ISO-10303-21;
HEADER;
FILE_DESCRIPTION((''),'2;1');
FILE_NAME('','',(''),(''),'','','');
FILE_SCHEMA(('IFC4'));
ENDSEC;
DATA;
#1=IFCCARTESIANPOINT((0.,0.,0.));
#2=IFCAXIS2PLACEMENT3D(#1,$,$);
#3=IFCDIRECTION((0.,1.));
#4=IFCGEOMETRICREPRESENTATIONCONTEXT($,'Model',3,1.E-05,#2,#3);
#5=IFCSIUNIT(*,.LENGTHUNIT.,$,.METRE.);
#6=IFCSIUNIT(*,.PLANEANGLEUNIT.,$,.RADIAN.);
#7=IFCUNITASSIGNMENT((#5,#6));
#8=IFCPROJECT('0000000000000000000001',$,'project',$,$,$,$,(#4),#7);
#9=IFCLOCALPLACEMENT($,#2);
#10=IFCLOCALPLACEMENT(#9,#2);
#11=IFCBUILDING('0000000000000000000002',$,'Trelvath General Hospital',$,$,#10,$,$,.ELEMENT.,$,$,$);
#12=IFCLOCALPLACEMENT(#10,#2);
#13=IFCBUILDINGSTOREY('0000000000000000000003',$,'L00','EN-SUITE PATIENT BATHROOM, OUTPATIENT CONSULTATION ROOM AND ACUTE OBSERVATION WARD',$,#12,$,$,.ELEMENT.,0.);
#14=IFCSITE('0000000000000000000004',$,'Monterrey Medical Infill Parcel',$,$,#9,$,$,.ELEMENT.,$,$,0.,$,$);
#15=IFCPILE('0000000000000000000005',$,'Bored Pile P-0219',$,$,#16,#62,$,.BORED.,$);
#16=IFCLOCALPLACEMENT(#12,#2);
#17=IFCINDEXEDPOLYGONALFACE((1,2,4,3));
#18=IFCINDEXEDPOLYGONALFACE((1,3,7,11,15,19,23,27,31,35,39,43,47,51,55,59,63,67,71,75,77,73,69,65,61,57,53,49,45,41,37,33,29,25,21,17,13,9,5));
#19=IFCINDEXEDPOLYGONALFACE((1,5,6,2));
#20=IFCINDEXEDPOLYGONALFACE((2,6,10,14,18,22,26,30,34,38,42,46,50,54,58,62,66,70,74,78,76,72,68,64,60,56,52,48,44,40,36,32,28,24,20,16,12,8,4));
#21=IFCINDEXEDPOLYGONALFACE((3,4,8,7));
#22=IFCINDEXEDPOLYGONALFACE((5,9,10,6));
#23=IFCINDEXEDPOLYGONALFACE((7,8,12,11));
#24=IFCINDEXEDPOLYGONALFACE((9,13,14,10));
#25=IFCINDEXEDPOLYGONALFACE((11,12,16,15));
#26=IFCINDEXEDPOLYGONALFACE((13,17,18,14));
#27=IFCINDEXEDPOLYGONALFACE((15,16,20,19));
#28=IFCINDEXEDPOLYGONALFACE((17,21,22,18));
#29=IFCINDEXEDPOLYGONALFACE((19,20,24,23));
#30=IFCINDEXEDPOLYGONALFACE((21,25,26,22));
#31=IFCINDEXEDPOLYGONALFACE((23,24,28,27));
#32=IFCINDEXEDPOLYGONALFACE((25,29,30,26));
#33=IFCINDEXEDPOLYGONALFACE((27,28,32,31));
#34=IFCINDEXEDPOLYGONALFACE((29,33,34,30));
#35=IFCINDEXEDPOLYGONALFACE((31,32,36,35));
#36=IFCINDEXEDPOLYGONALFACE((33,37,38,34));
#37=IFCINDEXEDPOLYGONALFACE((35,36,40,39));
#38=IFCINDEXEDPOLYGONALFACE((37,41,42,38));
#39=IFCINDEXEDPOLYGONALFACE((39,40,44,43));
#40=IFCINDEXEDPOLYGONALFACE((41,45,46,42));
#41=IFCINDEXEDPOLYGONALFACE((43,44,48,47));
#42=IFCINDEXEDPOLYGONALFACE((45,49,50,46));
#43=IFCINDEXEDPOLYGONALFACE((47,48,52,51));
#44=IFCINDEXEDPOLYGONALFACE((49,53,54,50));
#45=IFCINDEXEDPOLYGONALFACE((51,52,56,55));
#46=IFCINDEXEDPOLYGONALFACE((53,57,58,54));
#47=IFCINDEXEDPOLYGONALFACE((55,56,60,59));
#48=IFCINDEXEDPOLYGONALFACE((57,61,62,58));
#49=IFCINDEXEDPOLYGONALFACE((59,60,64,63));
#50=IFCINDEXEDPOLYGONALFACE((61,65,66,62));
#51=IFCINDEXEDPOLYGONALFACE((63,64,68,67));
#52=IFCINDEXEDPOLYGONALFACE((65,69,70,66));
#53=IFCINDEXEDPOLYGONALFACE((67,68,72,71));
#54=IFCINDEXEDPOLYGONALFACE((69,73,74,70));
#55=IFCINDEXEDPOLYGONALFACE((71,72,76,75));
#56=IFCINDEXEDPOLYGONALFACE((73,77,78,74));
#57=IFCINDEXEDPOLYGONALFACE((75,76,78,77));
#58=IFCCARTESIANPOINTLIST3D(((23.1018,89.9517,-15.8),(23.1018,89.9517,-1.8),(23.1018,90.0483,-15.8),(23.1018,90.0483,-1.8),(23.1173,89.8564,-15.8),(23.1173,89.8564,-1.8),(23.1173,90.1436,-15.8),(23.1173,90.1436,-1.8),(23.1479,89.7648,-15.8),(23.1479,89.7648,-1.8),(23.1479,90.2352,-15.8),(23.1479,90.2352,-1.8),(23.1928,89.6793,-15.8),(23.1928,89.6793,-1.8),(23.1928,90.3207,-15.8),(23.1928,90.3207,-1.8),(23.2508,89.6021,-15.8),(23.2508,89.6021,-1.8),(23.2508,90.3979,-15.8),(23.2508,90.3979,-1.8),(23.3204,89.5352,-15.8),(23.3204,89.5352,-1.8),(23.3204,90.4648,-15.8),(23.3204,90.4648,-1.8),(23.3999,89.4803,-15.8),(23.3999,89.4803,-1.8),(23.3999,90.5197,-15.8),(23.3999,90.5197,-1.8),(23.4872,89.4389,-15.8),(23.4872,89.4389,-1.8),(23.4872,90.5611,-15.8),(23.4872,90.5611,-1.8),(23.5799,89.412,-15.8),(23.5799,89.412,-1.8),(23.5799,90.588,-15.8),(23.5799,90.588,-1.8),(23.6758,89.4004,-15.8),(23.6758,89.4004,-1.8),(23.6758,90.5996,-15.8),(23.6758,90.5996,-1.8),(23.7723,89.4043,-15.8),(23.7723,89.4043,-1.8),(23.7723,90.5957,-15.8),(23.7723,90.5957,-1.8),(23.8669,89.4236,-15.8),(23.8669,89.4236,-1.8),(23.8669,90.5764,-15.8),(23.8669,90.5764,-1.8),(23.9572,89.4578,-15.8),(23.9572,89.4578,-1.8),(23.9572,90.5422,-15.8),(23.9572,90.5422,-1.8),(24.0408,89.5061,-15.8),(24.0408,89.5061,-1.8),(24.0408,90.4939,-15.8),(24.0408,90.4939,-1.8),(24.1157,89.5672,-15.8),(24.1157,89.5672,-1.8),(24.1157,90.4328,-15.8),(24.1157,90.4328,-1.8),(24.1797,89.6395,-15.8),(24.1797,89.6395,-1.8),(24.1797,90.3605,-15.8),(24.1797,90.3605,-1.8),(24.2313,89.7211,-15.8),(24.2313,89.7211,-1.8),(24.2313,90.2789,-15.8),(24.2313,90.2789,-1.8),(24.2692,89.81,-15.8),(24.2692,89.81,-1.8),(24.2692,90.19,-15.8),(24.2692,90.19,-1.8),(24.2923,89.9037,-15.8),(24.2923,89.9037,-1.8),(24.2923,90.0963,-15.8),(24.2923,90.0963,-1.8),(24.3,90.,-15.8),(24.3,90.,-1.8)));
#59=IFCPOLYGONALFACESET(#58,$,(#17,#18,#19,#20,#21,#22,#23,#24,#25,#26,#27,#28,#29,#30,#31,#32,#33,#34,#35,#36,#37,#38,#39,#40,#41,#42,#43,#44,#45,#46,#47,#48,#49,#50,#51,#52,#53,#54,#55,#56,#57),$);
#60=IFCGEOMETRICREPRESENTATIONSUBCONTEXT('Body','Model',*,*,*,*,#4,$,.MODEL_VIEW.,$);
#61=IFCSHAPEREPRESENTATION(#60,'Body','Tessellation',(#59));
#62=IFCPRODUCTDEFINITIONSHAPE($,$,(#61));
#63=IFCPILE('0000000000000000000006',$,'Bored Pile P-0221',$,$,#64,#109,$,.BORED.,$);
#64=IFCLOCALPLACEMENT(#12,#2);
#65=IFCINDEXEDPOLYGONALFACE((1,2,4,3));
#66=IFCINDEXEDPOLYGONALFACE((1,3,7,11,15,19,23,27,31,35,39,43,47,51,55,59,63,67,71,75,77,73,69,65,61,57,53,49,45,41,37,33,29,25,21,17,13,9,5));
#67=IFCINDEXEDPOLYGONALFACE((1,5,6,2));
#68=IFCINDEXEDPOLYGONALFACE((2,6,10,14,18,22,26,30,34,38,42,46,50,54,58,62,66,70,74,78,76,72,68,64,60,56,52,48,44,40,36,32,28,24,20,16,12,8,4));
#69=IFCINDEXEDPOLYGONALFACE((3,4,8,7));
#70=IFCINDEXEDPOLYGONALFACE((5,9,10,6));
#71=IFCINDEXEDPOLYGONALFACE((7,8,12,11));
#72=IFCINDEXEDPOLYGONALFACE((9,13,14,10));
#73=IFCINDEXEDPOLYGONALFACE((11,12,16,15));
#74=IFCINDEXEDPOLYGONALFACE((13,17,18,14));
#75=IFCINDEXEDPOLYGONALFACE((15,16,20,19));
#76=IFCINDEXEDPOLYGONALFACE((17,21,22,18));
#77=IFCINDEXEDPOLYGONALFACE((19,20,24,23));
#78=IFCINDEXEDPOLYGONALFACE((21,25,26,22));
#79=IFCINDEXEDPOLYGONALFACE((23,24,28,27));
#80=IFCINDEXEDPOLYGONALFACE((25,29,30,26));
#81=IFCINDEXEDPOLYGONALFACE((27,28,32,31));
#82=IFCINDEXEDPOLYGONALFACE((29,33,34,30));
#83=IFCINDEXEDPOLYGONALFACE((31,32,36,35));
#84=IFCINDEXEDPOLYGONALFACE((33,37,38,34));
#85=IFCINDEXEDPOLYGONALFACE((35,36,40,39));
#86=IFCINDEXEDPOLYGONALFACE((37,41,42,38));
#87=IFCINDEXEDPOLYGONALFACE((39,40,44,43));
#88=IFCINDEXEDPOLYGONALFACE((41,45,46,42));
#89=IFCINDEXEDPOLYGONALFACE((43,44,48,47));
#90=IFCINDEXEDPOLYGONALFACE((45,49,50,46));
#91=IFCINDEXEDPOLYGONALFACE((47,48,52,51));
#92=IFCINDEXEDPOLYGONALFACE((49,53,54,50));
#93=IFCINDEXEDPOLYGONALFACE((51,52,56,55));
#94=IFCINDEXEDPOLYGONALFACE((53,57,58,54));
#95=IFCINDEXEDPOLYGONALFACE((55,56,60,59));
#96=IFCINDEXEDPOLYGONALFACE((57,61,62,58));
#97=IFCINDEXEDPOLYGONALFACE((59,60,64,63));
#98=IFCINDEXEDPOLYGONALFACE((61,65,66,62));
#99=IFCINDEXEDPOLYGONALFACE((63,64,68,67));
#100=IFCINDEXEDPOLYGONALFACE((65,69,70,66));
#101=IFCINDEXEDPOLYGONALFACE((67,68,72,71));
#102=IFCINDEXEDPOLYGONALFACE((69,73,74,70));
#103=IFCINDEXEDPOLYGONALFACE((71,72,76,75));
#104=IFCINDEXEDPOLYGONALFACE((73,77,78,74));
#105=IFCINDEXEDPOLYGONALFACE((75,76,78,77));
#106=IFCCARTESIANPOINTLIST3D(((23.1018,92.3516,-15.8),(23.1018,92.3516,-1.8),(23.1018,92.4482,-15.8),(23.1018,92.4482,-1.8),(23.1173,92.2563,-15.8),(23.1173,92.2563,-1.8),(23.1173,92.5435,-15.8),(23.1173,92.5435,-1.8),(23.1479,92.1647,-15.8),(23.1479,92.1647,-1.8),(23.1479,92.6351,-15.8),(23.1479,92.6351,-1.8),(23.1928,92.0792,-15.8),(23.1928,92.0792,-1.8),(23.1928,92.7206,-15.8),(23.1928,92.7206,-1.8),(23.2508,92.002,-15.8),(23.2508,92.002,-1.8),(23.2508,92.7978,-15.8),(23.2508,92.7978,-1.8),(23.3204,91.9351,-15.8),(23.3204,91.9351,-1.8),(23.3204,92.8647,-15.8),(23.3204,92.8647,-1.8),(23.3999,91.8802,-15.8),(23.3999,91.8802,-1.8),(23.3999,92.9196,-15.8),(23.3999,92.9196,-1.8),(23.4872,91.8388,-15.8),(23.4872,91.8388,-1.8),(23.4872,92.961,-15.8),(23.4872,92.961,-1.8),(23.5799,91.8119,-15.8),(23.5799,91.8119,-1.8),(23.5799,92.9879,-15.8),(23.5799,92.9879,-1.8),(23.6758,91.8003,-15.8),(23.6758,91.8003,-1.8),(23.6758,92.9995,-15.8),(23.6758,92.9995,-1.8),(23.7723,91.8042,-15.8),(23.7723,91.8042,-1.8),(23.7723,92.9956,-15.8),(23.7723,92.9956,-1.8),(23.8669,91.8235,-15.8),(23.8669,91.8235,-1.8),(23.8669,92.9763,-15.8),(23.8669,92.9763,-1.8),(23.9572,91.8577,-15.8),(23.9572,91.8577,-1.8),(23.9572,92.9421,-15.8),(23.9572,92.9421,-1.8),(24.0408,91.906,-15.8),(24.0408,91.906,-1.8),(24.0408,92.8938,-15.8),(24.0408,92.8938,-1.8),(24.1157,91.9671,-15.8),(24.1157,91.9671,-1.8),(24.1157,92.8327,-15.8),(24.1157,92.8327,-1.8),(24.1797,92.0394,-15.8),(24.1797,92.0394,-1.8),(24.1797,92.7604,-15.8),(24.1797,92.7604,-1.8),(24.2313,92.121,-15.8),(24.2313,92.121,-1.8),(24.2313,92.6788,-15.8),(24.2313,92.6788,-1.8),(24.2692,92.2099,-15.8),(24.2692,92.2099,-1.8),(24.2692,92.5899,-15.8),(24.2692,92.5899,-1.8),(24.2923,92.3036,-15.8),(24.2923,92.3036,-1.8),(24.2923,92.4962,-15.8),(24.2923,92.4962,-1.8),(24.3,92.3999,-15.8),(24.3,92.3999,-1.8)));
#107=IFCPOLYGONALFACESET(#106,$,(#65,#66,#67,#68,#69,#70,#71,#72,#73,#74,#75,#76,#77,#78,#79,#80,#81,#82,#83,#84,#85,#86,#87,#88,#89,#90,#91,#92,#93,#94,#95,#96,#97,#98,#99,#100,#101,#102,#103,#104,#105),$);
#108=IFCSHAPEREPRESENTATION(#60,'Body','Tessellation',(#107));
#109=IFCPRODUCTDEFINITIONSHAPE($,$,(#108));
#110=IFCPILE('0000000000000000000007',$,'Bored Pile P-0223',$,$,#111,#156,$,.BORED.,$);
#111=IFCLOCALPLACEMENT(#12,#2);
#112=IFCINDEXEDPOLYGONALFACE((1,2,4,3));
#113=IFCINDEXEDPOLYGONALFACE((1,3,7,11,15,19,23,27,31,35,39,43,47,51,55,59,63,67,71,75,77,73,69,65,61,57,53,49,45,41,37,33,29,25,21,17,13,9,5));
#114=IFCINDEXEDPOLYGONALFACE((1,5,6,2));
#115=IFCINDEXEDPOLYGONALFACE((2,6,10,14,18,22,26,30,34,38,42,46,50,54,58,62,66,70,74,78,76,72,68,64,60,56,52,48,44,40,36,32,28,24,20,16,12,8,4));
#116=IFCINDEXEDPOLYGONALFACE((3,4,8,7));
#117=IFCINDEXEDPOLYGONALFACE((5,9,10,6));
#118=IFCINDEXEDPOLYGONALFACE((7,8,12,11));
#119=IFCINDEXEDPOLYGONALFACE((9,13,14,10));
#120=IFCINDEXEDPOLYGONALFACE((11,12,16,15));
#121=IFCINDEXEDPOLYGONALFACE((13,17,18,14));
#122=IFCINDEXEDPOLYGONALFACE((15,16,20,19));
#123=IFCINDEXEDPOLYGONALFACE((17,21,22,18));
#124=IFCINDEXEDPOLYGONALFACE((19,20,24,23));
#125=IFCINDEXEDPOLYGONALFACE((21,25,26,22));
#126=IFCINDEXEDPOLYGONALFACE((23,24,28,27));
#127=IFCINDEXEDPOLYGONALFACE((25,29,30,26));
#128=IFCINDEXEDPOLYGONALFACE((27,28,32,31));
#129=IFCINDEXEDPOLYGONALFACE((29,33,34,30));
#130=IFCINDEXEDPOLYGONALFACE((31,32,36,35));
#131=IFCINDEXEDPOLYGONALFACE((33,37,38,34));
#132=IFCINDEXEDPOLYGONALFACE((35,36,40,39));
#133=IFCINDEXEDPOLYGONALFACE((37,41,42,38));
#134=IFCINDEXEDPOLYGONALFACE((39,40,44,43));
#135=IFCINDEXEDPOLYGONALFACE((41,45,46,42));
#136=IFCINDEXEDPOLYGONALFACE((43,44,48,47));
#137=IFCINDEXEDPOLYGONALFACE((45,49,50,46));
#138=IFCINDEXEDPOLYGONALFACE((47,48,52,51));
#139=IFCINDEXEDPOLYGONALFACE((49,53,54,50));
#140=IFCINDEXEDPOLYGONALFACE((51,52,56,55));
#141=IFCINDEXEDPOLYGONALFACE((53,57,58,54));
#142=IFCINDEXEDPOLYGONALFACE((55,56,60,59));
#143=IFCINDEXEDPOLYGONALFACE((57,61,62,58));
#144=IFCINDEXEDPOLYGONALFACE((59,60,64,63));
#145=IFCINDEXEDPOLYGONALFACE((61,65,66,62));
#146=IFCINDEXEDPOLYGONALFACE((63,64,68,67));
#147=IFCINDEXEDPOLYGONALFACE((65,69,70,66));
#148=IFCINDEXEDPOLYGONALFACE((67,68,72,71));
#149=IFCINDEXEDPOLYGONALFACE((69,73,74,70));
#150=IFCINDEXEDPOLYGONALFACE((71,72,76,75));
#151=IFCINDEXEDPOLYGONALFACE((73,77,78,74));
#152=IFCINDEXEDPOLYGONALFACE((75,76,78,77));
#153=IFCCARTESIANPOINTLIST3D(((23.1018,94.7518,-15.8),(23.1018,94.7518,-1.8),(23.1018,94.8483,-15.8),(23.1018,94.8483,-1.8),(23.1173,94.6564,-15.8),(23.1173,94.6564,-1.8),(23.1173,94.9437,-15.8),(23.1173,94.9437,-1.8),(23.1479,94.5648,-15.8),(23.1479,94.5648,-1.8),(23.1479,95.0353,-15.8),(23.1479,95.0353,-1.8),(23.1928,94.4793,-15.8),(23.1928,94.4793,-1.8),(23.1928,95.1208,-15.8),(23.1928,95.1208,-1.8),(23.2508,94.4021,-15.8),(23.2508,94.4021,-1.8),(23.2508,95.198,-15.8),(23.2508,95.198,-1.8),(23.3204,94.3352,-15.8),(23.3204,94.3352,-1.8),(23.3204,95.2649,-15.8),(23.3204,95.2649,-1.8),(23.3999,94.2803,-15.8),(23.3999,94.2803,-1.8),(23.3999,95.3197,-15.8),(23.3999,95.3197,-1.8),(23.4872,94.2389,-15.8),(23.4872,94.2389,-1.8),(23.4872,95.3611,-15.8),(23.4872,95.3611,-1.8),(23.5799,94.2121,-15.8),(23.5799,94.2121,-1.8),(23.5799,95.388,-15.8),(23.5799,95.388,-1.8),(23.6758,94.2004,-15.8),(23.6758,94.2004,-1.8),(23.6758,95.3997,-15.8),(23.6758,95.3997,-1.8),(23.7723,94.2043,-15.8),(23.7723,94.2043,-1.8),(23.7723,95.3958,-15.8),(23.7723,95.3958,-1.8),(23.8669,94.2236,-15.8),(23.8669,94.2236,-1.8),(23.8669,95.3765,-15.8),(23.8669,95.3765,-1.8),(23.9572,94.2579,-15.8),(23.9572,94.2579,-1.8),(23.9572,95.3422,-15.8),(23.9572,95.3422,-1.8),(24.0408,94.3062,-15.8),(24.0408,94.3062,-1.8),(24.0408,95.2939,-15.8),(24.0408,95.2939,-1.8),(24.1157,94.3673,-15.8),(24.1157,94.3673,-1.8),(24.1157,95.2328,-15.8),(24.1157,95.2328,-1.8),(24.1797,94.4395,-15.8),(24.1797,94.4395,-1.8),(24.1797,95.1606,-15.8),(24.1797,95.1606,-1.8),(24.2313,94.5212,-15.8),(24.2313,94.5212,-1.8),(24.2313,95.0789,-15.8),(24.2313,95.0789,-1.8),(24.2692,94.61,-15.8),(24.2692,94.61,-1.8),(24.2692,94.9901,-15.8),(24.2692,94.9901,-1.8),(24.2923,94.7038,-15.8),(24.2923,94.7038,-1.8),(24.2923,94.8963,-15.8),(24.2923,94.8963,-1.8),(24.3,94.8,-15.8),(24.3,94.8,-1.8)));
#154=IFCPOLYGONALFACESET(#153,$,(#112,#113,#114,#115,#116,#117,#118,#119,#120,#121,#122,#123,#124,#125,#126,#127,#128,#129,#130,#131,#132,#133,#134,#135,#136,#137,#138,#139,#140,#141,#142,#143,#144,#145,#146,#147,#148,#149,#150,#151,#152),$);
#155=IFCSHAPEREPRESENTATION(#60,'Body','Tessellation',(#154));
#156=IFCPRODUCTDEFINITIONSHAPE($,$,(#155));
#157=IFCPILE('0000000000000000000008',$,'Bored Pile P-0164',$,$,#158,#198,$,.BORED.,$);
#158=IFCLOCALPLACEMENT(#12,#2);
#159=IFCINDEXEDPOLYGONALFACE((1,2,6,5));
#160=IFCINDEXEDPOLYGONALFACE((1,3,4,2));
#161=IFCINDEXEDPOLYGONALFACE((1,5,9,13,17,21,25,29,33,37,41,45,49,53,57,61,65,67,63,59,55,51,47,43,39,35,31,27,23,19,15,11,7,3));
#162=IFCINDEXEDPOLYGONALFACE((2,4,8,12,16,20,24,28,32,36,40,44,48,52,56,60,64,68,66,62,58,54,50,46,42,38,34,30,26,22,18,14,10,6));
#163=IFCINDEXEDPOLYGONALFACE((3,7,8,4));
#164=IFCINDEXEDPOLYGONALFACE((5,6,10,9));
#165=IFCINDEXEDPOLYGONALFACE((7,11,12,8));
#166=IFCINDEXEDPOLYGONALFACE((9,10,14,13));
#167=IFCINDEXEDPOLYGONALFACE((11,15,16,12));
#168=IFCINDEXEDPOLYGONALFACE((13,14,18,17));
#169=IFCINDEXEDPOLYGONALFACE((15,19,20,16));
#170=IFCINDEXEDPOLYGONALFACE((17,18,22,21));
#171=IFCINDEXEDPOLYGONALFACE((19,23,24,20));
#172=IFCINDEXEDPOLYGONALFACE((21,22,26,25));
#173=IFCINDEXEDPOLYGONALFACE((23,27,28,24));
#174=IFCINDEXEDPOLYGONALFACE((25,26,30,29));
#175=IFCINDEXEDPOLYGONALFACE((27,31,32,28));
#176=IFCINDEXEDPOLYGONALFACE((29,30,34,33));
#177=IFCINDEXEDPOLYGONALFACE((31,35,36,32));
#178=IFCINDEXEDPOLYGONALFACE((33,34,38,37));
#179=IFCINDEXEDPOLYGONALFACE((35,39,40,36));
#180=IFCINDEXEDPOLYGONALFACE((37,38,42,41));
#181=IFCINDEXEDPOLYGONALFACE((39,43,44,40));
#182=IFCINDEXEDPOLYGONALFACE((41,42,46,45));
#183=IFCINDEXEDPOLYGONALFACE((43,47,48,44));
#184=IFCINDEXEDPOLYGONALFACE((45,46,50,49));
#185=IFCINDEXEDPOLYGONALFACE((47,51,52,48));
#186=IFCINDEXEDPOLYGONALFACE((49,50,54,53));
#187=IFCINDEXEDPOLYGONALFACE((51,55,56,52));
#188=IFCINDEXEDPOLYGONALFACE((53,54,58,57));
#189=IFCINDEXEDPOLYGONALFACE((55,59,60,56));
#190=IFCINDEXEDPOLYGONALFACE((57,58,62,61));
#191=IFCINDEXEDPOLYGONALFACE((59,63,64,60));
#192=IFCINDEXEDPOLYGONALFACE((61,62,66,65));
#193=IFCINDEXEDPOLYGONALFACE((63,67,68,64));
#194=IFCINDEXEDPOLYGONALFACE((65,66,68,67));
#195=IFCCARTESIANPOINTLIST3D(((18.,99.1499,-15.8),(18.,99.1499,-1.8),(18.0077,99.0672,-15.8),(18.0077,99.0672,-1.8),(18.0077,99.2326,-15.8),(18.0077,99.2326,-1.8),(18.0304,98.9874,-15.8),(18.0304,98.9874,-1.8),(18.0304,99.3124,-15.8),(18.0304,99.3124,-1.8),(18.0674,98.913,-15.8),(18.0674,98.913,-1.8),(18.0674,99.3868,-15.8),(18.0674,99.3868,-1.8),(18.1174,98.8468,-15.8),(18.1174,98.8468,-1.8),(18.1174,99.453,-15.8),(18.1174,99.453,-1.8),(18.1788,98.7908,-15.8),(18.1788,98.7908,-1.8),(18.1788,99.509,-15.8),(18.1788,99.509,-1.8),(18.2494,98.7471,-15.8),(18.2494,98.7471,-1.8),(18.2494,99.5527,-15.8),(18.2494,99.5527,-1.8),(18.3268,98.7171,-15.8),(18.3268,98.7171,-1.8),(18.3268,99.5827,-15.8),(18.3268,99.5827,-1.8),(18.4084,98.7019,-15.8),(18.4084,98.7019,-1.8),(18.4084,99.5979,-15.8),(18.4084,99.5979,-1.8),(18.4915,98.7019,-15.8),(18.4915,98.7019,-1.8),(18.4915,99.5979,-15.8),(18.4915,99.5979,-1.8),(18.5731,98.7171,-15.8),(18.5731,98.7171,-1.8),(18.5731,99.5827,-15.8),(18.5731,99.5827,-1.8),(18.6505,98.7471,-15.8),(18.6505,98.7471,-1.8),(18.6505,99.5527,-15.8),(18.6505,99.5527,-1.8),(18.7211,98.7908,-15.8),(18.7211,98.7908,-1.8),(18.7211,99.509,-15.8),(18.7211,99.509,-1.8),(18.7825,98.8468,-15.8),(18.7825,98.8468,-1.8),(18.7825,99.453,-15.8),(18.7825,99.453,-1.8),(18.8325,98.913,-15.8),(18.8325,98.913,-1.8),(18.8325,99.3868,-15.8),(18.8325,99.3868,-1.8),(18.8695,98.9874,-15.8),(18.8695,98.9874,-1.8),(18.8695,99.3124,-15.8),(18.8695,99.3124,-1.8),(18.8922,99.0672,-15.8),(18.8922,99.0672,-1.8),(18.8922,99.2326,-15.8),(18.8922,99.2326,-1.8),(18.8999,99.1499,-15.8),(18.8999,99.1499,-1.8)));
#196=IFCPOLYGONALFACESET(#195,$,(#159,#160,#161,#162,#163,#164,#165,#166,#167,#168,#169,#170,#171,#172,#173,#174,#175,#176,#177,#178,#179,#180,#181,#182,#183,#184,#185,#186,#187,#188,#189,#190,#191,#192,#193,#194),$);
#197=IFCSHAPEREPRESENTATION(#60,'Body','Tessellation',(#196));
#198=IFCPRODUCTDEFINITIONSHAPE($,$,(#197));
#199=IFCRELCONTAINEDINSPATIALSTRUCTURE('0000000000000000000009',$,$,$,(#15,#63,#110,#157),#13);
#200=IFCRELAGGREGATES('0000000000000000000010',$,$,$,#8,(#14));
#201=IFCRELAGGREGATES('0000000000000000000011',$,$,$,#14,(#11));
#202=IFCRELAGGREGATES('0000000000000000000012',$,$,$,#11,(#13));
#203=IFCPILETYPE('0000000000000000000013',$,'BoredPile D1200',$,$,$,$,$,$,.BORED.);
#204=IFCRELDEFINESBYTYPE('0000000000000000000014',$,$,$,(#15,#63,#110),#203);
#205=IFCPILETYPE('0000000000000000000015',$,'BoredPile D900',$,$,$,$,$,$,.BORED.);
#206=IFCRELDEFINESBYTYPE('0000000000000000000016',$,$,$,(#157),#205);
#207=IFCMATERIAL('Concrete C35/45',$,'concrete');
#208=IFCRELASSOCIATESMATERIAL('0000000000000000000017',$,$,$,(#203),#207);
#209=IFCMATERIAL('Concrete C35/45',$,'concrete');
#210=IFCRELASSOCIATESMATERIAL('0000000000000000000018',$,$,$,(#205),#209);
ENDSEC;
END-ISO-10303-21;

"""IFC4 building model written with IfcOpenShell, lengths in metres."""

from ifc_helpers import new_model, si_unit, direction, frame, origin, origin_2d, place, context, subcontext, project, spatial, circle, extrude, material, material_profile, profile_set, type_object, element, save


model = new_model("IFC4")

# Units and contexts
model_context = context("Model", 3, precision=1e-05, world=origin(), true_north=direction((0.0, 1.0)))
body_context = subcontext(model_context, "Body", "Model", "MODEL_VIEW")
ifc_project = project(units=[si_unit("LENGTHUNIT", "METRE"), si_unit("PLANEANGLEUNIT", "RADIAN")], contexts=[model_context])

# Site, building, storey
site_placement = place(None, origin())
site = spatial("IfcSite", under=ifc_project, at=site_placement, Name="Monterrey Medical Infill Parcel", CompositionType="ELEMENT", RefElevation=0.0)
building_placement = place(site_placement, origin())
building = spatial("IfcBuilding", under=site, at=building_placement, Name="Trelvath General Hospital", CompositionType="ELEMENT")
storey_placement = place(building_placement, origin())
storey = spatial("IfcBuildingStorey", under=building, at=storey_placement, Name="L00", Description="EN-SUITE PATIENT BATHROOM, OUTPATIENT CONSULTATION ROOM AND ACUTE OBSERVATION WARD", CompositionType="ELEMENT", Elevation=0.0)

# Piles
ifc_material_1 = material(Name="Concrete C35/45", Category="concrete")
ifc_material_profile_1 = material_profile(ifc_material_1, circle(Radius=0.6001, at=origin_2d()), Name="PILE1200")
ifc_profile_set_1 = profile_set([ifc_material_profile_1], Name="Concrete C35/45")
pile_type_1 = type_object("IfcPileType", Name="BoredPile D1200", PredefinedType="BORED", material=ifc_profile_set_1)
for number, where, z_axis, x_axis, name in (
    (1, (23.7, 90.0, -1.8), (0.0, 0.0, -1.0), (1.0, 0.0, 0.0), "Bored Pile P-0219"),
    (2, (23.7, 92.3999, -1.8), (0.0, 0.0, -1.0), (1.0, 0.0, 0.0), "Bored Pile P-0221"),
    (3, (23.7, 94.8, -1.8), (0.0, 0.0, -1.0), (1.0, 0.0, 0.0), "Bored Pile P-0223"),
):
    element("IfcPile", number, at=place(storey_placement, frame(where, z_axis=z_axis, x_axis=x_axis)), inside=storey, type_object=pile_type_1, Name=name, PredefinedType="BORED", context=body_context, shape_type="SweptSolid", body=[
        extrude(circle(Radius=0.6001, at=origin_2d()), origin(), (0.0, 0.0, 1.0), 14.0),
    ])
ifc_material_2 = material(Name="Concrete C35/45", Category="concrete")
ifc_material_profile_2 = material_profile(ifc_material_2, circle(Radius=0.45, at=origin_2d()), Name="PILE900")
ifc_profile_set_2 = profile_set([ifc_material_profile_2], Name="Concrete C35/45")
pile_type_2 = type_object("IfcPileType", Name="BoredPile D900", PredefinedType="BORED", material=ifc_profile_set_2)
for number, where, z_axis, x_axis, name in (
    (4, (18.45, 99.1499, -1.8), (0.0, 0.0, -1.0), (1.0, 0.0, 0.0), "Bored Pile P-0164"),
):
    element("IfcPile", number, at=place(storey_placement, frame(where, z_axis=z_axis, x_axis=x_axis)), inside=storey, type_object=pile_type_2, Name=name, PredefinedType="BORED", context=body_context, shape_type="SweptSolid", body=[
        extrude(circle(Radius=0.45, at=origin_2d()), origin(), (0.0, 0.0, 1.0), 14.0),
    ])

save(model, "model.ifc")
